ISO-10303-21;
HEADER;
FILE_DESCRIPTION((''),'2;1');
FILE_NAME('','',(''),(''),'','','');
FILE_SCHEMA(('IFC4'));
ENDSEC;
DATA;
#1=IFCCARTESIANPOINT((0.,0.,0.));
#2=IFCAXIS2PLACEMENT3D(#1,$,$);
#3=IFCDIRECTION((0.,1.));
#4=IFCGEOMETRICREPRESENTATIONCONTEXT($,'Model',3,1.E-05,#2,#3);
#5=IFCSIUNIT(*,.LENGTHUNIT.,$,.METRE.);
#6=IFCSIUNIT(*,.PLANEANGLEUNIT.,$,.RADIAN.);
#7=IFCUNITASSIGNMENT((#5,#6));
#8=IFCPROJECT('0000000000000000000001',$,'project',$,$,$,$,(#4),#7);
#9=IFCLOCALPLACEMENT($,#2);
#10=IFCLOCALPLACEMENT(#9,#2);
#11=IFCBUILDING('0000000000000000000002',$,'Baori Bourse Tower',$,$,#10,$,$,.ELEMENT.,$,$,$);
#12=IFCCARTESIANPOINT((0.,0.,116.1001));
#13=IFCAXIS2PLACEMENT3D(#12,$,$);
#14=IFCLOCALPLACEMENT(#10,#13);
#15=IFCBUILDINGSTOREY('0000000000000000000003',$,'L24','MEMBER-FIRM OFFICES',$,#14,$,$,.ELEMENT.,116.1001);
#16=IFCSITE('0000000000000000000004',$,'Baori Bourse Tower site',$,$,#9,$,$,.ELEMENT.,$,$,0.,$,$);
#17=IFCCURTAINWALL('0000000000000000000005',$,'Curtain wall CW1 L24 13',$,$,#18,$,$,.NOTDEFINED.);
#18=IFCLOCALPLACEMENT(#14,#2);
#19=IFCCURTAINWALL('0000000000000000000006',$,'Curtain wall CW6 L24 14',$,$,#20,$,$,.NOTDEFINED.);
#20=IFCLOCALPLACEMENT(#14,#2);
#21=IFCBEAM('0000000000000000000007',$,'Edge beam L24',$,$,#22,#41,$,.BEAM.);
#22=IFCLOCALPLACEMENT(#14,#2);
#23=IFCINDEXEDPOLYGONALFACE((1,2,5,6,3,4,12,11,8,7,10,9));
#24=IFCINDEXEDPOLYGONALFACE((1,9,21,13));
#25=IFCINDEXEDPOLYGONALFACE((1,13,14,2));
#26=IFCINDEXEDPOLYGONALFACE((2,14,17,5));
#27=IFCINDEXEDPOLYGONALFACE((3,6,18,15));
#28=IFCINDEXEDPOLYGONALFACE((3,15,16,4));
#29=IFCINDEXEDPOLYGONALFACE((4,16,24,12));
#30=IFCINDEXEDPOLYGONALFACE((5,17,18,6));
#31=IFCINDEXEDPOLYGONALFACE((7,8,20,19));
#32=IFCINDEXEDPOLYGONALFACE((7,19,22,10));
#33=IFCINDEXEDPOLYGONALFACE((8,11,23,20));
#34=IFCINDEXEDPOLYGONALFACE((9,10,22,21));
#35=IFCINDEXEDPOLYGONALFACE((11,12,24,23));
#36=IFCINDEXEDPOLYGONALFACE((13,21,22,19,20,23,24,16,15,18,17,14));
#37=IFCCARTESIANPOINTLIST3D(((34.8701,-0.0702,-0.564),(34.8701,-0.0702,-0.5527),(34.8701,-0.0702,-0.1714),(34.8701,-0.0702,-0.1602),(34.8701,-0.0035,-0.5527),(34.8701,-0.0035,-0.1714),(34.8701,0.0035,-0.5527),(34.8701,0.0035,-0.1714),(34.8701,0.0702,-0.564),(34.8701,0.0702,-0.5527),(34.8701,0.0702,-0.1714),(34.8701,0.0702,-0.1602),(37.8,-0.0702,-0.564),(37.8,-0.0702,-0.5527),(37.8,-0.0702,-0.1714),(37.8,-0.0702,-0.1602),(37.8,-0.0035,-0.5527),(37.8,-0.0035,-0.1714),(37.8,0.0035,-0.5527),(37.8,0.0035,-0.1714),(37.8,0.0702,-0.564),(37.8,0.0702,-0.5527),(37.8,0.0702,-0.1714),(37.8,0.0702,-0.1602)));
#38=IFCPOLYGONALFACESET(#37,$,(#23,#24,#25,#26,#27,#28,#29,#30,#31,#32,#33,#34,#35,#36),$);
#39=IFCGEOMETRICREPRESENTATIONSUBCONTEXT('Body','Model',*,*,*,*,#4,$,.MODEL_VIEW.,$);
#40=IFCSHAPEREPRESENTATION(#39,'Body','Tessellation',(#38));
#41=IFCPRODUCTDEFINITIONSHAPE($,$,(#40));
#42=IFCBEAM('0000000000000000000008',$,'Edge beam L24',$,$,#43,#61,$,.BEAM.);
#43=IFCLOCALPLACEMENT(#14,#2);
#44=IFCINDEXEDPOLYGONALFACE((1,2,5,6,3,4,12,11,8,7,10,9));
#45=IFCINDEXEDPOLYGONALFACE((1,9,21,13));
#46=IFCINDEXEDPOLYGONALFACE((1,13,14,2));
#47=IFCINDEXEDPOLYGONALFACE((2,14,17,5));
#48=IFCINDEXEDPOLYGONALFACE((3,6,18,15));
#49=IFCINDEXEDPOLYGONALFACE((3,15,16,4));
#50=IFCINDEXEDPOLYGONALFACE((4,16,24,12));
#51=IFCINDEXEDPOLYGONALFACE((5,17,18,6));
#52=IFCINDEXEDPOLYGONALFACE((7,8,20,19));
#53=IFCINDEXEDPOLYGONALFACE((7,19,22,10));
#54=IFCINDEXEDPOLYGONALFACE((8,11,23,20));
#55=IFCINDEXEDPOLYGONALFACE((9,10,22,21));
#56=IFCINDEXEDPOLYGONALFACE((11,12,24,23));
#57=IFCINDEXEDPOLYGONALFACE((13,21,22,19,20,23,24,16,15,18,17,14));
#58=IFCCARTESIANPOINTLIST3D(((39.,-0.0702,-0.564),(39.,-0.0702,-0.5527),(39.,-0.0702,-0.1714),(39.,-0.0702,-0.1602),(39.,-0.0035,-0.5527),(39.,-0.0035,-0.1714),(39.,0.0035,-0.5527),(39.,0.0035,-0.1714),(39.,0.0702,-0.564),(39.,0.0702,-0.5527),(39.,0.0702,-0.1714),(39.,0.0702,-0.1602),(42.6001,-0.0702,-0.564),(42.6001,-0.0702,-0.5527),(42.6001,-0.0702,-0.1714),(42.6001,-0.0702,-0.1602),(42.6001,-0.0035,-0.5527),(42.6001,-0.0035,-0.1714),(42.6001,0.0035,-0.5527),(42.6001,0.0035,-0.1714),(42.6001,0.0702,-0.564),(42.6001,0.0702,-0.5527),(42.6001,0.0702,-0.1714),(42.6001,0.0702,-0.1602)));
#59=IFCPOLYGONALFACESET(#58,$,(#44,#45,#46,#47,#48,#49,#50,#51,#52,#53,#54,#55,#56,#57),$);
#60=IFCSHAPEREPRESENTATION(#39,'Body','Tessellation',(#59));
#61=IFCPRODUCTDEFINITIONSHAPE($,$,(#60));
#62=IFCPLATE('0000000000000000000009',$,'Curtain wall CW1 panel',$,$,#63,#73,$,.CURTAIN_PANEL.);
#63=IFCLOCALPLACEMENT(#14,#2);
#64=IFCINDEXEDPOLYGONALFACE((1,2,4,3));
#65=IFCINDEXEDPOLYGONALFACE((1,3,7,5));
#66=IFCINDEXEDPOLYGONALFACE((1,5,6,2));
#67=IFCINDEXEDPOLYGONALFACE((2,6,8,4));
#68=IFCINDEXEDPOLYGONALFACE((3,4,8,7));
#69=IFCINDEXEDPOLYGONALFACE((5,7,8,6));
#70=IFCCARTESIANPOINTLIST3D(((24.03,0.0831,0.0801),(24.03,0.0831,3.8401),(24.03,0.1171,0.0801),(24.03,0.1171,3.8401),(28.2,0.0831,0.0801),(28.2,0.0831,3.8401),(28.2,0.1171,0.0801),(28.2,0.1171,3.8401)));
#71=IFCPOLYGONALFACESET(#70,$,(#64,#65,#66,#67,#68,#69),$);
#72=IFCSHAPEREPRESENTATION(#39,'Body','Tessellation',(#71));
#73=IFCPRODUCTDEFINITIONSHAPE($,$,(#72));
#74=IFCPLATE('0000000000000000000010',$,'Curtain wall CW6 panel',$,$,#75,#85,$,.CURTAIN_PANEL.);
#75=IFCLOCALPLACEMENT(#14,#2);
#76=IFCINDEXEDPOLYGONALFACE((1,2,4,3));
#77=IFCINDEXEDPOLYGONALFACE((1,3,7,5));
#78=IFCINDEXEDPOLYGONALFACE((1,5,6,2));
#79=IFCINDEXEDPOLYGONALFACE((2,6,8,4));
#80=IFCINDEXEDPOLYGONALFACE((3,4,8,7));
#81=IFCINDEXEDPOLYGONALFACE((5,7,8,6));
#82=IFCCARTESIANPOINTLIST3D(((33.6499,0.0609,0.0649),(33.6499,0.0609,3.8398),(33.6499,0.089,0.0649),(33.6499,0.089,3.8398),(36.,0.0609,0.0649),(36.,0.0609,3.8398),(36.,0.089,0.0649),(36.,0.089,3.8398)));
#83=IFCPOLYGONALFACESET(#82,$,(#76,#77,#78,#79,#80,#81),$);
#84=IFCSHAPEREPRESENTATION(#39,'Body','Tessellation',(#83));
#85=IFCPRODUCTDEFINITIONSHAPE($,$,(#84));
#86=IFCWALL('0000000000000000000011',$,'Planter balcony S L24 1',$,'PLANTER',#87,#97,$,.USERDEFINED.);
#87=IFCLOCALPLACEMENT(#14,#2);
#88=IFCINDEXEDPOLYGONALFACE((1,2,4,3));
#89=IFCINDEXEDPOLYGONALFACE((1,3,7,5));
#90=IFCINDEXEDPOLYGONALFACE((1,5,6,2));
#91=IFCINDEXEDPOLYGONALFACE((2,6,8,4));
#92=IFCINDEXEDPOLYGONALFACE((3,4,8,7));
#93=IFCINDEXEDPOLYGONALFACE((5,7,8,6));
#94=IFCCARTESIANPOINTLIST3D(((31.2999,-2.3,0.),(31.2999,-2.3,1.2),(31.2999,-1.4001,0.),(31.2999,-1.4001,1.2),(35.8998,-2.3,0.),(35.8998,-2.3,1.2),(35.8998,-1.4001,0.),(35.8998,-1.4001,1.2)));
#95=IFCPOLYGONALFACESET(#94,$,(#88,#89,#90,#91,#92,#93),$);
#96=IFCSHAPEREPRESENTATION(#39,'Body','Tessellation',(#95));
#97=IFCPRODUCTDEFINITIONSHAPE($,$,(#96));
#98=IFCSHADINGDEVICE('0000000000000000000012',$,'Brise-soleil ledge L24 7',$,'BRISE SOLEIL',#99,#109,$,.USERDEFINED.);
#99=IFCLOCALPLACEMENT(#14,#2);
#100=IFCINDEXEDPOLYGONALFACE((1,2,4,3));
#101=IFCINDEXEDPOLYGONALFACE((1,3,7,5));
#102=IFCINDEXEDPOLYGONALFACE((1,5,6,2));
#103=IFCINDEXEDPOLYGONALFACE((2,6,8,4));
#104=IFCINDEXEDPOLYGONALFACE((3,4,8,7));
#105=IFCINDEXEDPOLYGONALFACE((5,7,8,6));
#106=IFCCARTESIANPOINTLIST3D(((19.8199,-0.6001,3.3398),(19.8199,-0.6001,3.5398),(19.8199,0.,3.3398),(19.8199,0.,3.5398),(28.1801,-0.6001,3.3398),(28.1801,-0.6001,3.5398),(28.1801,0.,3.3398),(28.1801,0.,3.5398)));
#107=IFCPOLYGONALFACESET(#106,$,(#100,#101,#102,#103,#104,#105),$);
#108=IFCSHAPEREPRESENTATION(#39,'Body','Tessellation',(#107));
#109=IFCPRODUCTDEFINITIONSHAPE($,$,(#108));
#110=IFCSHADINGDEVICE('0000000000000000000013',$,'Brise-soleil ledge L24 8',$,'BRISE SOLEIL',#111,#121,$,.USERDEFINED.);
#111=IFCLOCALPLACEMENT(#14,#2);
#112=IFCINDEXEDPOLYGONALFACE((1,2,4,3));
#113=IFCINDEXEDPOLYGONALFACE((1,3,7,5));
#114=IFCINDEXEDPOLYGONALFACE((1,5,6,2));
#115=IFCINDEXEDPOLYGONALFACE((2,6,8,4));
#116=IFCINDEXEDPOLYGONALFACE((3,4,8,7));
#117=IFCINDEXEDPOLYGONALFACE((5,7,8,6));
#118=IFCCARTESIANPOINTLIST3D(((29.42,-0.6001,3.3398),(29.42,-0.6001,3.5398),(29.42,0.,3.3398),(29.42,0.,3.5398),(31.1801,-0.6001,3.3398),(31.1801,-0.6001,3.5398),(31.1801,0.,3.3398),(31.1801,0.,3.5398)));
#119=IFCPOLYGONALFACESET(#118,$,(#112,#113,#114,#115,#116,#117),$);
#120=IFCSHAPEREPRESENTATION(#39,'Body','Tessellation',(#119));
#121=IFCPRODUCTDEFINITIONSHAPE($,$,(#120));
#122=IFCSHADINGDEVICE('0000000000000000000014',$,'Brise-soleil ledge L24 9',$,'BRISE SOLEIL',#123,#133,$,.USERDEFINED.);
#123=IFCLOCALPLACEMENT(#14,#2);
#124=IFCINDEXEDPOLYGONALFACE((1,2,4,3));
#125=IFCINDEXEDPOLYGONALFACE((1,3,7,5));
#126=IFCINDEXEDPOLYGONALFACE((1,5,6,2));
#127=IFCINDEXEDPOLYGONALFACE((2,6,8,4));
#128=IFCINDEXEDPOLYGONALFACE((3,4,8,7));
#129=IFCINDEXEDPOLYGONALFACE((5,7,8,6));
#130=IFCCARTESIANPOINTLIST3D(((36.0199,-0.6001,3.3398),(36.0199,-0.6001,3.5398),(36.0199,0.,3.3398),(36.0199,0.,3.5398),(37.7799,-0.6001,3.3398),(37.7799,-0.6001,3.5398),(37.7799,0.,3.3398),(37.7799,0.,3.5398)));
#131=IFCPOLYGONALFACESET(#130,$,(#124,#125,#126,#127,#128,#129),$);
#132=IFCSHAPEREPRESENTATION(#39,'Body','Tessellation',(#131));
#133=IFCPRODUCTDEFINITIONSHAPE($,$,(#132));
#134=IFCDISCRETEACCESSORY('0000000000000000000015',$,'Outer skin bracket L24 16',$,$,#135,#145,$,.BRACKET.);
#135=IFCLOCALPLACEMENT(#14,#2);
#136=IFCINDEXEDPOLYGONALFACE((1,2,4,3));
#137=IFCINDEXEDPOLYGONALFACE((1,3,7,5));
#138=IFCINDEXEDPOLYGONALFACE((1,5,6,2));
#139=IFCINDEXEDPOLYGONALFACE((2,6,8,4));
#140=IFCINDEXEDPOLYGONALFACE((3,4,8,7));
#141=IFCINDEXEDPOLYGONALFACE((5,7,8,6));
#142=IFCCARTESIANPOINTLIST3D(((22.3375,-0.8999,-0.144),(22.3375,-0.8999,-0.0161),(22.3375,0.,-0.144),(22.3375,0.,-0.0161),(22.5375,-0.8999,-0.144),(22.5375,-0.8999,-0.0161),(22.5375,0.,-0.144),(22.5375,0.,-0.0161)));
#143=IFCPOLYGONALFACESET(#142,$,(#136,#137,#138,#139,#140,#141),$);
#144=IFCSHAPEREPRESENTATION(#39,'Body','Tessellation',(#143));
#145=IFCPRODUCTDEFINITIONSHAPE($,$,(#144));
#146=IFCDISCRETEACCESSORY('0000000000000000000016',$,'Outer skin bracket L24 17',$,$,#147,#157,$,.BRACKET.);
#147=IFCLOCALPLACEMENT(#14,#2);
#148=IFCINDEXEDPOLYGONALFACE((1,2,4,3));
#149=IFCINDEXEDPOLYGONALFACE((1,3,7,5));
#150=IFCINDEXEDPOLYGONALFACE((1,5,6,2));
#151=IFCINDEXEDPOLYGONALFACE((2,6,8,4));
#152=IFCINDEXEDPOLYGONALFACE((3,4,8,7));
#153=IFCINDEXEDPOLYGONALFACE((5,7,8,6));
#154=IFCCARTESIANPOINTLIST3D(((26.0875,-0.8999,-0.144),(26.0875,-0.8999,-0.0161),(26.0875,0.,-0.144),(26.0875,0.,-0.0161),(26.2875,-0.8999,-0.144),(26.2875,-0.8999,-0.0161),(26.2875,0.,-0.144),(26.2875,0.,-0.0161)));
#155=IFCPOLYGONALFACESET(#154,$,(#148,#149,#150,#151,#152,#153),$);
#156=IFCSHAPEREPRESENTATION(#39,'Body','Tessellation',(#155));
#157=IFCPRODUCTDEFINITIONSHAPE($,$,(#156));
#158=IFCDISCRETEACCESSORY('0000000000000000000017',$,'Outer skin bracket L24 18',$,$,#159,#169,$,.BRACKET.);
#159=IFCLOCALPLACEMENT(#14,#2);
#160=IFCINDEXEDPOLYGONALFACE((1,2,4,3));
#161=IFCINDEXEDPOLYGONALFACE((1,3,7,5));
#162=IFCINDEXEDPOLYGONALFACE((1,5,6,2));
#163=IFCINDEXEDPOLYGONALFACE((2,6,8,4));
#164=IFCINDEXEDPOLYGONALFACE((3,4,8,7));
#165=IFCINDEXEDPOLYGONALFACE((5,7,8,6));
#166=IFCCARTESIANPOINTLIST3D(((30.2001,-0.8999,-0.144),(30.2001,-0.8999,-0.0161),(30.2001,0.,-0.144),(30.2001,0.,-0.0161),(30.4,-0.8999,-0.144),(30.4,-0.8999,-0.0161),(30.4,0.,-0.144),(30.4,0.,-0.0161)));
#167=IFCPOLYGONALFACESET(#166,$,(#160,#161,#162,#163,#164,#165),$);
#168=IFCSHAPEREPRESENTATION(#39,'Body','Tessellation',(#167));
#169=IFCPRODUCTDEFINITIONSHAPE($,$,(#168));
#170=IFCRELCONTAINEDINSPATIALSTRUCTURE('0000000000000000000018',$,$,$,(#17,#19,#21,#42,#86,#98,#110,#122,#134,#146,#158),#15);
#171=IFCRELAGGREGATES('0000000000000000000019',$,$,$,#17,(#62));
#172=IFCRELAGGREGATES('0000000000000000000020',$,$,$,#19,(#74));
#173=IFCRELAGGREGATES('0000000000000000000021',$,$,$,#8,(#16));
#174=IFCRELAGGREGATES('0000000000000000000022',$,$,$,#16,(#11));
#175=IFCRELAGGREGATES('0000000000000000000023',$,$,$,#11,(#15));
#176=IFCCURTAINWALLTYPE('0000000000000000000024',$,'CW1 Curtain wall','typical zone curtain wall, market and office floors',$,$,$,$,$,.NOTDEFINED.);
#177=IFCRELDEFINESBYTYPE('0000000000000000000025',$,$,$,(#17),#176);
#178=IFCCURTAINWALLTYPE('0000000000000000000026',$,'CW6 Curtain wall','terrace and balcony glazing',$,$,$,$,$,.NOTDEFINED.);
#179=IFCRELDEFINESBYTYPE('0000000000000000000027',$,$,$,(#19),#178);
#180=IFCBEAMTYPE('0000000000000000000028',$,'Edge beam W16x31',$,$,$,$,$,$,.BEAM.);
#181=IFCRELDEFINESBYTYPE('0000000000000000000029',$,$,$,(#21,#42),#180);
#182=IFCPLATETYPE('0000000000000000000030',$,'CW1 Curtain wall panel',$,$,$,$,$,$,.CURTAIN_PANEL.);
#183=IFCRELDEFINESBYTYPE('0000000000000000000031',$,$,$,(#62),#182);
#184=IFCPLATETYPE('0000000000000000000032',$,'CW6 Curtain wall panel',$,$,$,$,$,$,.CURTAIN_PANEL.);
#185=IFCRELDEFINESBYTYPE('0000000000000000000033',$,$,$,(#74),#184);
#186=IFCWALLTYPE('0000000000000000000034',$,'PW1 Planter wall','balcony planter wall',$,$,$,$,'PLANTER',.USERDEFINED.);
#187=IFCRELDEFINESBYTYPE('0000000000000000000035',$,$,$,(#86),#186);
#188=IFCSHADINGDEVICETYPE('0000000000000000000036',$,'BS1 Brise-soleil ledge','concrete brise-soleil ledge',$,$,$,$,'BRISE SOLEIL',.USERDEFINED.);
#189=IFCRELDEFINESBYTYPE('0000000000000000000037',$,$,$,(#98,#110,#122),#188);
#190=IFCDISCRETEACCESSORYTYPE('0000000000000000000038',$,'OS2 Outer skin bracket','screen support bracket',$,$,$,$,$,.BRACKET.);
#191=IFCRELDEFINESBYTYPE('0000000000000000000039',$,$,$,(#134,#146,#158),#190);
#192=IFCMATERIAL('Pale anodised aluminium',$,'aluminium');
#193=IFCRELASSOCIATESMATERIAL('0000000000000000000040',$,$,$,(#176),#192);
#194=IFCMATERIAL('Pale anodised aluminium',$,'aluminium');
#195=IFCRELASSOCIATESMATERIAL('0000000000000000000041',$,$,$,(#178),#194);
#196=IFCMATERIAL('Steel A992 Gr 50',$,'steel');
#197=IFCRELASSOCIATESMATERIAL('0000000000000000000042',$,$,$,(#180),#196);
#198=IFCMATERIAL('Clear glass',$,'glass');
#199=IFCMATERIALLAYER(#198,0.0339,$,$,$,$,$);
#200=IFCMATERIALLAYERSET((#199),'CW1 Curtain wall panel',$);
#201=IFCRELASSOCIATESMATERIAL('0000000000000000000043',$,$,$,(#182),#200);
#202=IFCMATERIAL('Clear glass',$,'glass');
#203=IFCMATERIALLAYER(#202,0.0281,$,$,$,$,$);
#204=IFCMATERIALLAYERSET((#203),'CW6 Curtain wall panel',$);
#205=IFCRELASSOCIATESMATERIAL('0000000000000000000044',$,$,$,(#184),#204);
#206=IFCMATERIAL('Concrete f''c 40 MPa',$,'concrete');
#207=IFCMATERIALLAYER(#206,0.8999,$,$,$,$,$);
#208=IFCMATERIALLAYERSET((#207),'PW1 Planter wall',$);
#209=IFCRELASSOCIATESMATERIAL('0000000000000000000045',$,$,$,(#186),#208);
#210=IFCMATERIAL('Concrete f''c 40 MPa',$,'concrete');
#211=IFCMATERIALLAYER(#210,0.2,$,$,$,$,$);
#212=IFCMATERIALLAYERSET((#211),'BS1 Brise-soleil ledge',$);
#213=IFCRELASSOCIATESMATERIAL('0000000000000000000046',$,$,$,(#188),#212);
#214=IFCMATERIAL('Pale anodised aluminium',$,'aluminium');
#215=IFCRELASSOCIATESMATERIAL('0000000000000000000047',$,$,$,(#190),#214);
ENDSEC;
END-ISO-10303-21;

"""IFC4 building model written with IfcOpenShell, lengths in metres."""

from ifc_helpers import new_model, si_unit, direction, frame, frame_2d, origin, origin_2d, place, context, subcontext, project, spatial, rectangle, i_section, extrude, material, layer, layer_set, material_profile, profile_set, type_object, element, aggregate, save


model = new_model("IFC4")

# Units and contexts
model_context = context("Model", 3, precision=1e-05, world=origin(), true_north=direction((0.0, 1.0)))
body_context = subcontext(model_context, "Body", "Model", "MODEL_VIEW")
ifc_project = project(units=[si_unit("LENGTHUNIT", "METRE"), si_unit("PLANEANGLEUNIT", "RADIAN")], contexts=[model_context])

# Site, building, storey
site_placement = place(None, origin())
site = spatial("IfcSite", under=ifc_project, at=site_placement, Name="Baori Bourse Tower site", CompositionType="ELEMENT", RefElevation=0.0)
building_placement = place(site_placement, origin())
building = spatial("IfcBuilding", under=site, at=building_placement, Name="Baori Bourse Tower", CompositionType="ELEMENT")
storey_placement = place(building_placement, frame((0.0, 0.0, 116.1001)))
storey = spatial("IfcBuildingStorey", under=building, at=storey_placement, Name="L24", Description="MEMBER-FIRM OFFICES", CompositionType="ELEMENT", Elevation=116.1001)

# Curtain wall
ifc_material_1 = material(Name="Pale anodised aluminium", Category="aluminium")
curtain_wall_type_1 = type_object("IfcCurtainWallType", Name="CW1 Curtain wall", Description="typical zone curtain wall, market and office floors", PredefinedType="NOTDEFINED", material=ifc_material_1)
curtain_wall_1_placement = place(storey_placement, origin())
curtain_wall_1 = element("IfcCurtainWall", 1, at=curtain_wall_1_placement, inside=storey, type_object=curtain_wall_type_1, Name="Curtain wall CW1 L24 13", PredefinedType="NOTDEFINED")

# Curtain wall
ifc_material_2 = material(Name="Pale anodised aluminium", Category="aluminium")
curtain_wall_type_2 = type_object("IfcCurtainWallType", Name="CW6 Curtain wall", Description="terrace and balcony glazing", PredefinedType="NOTDEFINED", material=ifc_material_2)
curtain_wall_2_placement = place(storey_placement, origin())
curtain_wall_2 = element("IfcCurtainWall", 2, at=curtain_wall_2_placement, inside=storey, type_object=curtain_wall_type_2, Name="Curtain wall CW6 L24 14", PredefinedType="NOTDEFINED")

# Beams
ifc_material_3 = material(Name="Steel A992 Gr 50", Category="steel")
ifc_material_profile_1 = material_profile(ifc_material_3, i_section(OverallWidth=0.1404, OverallDepth=0.4038, WebThickness=0.0071, FlangeThickness=0.0112, at=origin_2d()), Name="W16x31")
ifc_profile_set_1 = profile_set([ifc_material_profile_1], Name="Steel A992 Gr 50")
beam_type_1 = type_object("IfcBeamType", Name="Edge beam W16x31", PredefinedType="BEAM", material=ifc_profile_set_1)
beam_1_placement = place(storey_placement, frame((34.8701, 0.0, -0.3621), z_axis=(1.0, 0.0, 0.0), x_axis=(0.0, 1.0, 0.0)))
element("IfcBeam", 3, at=beam_1_placement, inside=storey, type_object=beam_type_1, Name="Edge beam L24", PredefinedType="BEAM", context=body_context, shape_type="SweptSolid", body=[
    extrude(i_section(OverallWidth=0.1404, OverallDepth=0.4038, WebThickness=0.0071, FlangeThickness=0.0112, at=origin_2d()), origin(), (0.0, 0.0, 1.0), 2.9299),
])
beam_2_placement = place(storey_placement, frame((39.0, 0.0, -0.3621), z_axis=(1.0, 0.0, 0.0), x_axis=(0.0, 1.0, 0.0)))
element("IfcBeam", 4, at=beam_2_placement, inside=storey, type_object=beam_type_1, Name="Edge beam L24", PredefinedType="BEAM", context=body_context, shape_type="SweptSolid", body=[
    extrude(i_section(OverallWidth=0.1404, OverallDepth=0.4038, WebThickness=0.0071, FlangeThickness=0.0112, at=origin_2d()), origin(), (0.0, 0.0, 1.0), 3.6001),
])

# Plates
ifc_material_4 = material(Name="Clear glass", Category="glass")
ifc_layer_1 = layer(ifc_material_4, 0.0339)
ifc_layer_set_1 = layer_set([ifc_layer_1], Name="CW1 Curtain wall panel")
plate_type_1 = type_object("IfcPlateType", Name="CW1 Curtain wall panel", PredefinedType="CURTAIN_PANEL", material=ifc_layer_set_1)
plate_1_placement = place(storey_placement, frame((26.115, 0.1001, 0.0801), z_axis=(0.0, 0.0, 1.0), x_axis=(1.0, 0.0, 0.0)))
plate_1 = element("IfcPlate", 5, at=plate_1_placement, type_object=plate_type_1, Name="Curtain wall CW1 panel", PredefinedType="CURTAIN_PANEL", context=body_context, shape_type="SweptSolid", body=[
    extrude(rectangle(XDim=4.1699, YDim=0.0339, at=origin_2d()), origin(), (0.0, 0.0, 1.0), 3.76),
])
aggregate(curtain_wall_1, [plate_1])
ifc_material_5 = material(Name="Clear glass", Category="glass")
ifc_layer_2 = layer(ifc_material_5, 0.0281)
ifc_layer_set_2 = layer_set([ifc_layer_2], Name="CW6 Curtain wall panel")
plate_type_2 = type_object("IfcPlateType", Name="CW6 Curtain wall panel", PredefinedType="CURTAIN_PANEL", material=ifc_layer_set_2)
plate_2_placement = place(storey_placement, frame((34.825, 0.075, 0.0649), z_axis=(0.0, 0.0, 1.0), x_axis=(1.0, 0.0, 0.0)))
plate_2 = element("IfcPlate", 6, at=plate_2_placement, type_object=plate_type_2, Name="Curtain wall CW6 panel", PredefinedType="CURTAIN_PANEL", context=body_context, shape_type="SweptSolid", body=[
    extrude(rectangle(XDim=2.3501, YDim=0.0281, at=origin_2d()), origin(), (0.0, 0.0, 1.0), 3.7749),
])
aggregate(curtain_wall_2, [plate_2])

# Wall
ifc_material_6 = material(Name="Concrete f'c 40 MPa", Category="concrete")
ifc_layer_3 = layer(ifc_material_6, 0.8999)
ifc_layer_set_3 = layer_set([ifc_layer_3], Name="PW1 Planter wall")
wall_type = type_object("IfcWallType", Name="PW1 Planter wall", Description="balcony planter wall", ElementType="PLANTER", PredefinedType="USERDEFINED", material=ifc_layer_set_3)
wall_placement = place(storey_placement, frame((31.3, -1.8501, 0.0), z_axis=(0.0, 0.0, 1.0), x_axis=(1.0, 0.0, 0.0)))
element("IfcWall", 7, at=wall_placement, inside=storey, type_object=wall_type, Name="Planter balcony S L24 1", ObjectType="PLANTER", PredefinedType="USERDEFINED", context=body_context, shape_type="SweptSolid", body=[
    extrude(rectangle(XDim=4.5999, YDim=0.8999, at=frame_2d((2.2998, 0.0))), origin(), (0.0, 0.0, 1.0), 1.2),
])

# Shading devices
ifc_material_7 = material(Name="Concrete f'c 40 MPa", Category="concrete")
ifc_layer_4 = layer(ifc_material_7, 0.2)
ifc_layer_set_4 = layer_set([ifc_layer_4], Name="BS1 Brise-soleil ledge")
shading_device_type = type_object("IfcShadingDeviceType", Name="BS1 Brise-soleil ledge", Description="concrete brise-soleil ledge", ElementType="BRISE SOLEIL", PredefinedType="USERDEFINED", material=ifc_layer_set_4)
shading_device_placement = place(storey_placement, frame((24.0, -0.3, 3.3398), z_axis=(0.0, 0.0, 1.0), x_axis=(1.0, 0.0, 0.0)))
element("IfcShadingDevice", 8, at=shading_device_placement, inside=storey, type_object=shading_device_type, Name="Brise-soleil ledge L24 7", ObjectType="BRISE SOLEIL", PredefinedType="USERDEFINED", context=body_context, shape_type="SweptSolid", body=[
    extrude(rectangle(XDim=8.3601, YDim=0.6001, at=origin_2d()), origin(), (0.0, 0.0, 1.0), 0.2),
])
for number, where, z_axis, x_axis, name in (
    (9, (30.3, -0.3, 3.3398), (0.0, 0.0, 1.0), (1.0, 0.0, 0.0), "Brise-soleil ledge L24 8"),
    (10, (36.8999, -0.3, 3.3398), (0.0, 0.0, 1.0), (1.0, 0.0, 0.0), "Brise-soleil ledge L24 9"),
):
    element("IfcShadingDevice", number, at=place(storey_placement, frame(where, z_axis=z_axis, x_axis=x_axis)), inside=storey, type_object=shading_device_type, Name=name, ObjectType="BRISE SOLEIL", PredefinedType="USERDEFINED", context=body_context, shape_type="SweptSolid", body=[
        extrude(rectangle(XDim=1.76, YDim=0.6001, at=origin_2d()), origin(), (0.0, 0.0, 1.0), 0.2),
    ])

# Discrete accessories
ifc_material_8 = material(Name="Pale anodised aluminium", Category="aluminium")
discrete_accessory_type = type_object("IfcDiscreteAccessoryType", Name="OS2 Outer skin bracket", Description="screen support bracket", PredefinedType="BRACKET", material=ifc_material_8)
for number, where, z_axis, x_axis, name in (
    (11, (22.4375, -0.45, -0.144), (0.0, 0.0, 1.0), (1.0, 0.0, 0.0), "Outer skin bracket L24 16"),
    (12, (26.1875, -0.45, -0.144), (0.0, 0.0, 1.0), (1.0, 0.0, 0.0), "Outer skin bracket L24 17"),
    (13, (30.3, -0.45, -0.144), (0.0, 0.0, 1.0), (1.0, 0.0, 0.0), "Outer skin bracket L24 18"),
):
    element("IfcDiscreteAccessory", number, at=place(storey_placement, frame(where, z_axis=z_axis, x_axis=x_axis)), inside=storey, type_object=discrete_accessory_type, Name=name, PredefinedType="BRACKET", context=body_context, shape_type="SweptSolid", body=[
        extrude(rectangle(XDim=0.2, YDim=0.8999, at=origin_2d()), origin(), (0.0, 0.0, 1.0), 0.1279),
    ])

save(model, "model.ifc")
